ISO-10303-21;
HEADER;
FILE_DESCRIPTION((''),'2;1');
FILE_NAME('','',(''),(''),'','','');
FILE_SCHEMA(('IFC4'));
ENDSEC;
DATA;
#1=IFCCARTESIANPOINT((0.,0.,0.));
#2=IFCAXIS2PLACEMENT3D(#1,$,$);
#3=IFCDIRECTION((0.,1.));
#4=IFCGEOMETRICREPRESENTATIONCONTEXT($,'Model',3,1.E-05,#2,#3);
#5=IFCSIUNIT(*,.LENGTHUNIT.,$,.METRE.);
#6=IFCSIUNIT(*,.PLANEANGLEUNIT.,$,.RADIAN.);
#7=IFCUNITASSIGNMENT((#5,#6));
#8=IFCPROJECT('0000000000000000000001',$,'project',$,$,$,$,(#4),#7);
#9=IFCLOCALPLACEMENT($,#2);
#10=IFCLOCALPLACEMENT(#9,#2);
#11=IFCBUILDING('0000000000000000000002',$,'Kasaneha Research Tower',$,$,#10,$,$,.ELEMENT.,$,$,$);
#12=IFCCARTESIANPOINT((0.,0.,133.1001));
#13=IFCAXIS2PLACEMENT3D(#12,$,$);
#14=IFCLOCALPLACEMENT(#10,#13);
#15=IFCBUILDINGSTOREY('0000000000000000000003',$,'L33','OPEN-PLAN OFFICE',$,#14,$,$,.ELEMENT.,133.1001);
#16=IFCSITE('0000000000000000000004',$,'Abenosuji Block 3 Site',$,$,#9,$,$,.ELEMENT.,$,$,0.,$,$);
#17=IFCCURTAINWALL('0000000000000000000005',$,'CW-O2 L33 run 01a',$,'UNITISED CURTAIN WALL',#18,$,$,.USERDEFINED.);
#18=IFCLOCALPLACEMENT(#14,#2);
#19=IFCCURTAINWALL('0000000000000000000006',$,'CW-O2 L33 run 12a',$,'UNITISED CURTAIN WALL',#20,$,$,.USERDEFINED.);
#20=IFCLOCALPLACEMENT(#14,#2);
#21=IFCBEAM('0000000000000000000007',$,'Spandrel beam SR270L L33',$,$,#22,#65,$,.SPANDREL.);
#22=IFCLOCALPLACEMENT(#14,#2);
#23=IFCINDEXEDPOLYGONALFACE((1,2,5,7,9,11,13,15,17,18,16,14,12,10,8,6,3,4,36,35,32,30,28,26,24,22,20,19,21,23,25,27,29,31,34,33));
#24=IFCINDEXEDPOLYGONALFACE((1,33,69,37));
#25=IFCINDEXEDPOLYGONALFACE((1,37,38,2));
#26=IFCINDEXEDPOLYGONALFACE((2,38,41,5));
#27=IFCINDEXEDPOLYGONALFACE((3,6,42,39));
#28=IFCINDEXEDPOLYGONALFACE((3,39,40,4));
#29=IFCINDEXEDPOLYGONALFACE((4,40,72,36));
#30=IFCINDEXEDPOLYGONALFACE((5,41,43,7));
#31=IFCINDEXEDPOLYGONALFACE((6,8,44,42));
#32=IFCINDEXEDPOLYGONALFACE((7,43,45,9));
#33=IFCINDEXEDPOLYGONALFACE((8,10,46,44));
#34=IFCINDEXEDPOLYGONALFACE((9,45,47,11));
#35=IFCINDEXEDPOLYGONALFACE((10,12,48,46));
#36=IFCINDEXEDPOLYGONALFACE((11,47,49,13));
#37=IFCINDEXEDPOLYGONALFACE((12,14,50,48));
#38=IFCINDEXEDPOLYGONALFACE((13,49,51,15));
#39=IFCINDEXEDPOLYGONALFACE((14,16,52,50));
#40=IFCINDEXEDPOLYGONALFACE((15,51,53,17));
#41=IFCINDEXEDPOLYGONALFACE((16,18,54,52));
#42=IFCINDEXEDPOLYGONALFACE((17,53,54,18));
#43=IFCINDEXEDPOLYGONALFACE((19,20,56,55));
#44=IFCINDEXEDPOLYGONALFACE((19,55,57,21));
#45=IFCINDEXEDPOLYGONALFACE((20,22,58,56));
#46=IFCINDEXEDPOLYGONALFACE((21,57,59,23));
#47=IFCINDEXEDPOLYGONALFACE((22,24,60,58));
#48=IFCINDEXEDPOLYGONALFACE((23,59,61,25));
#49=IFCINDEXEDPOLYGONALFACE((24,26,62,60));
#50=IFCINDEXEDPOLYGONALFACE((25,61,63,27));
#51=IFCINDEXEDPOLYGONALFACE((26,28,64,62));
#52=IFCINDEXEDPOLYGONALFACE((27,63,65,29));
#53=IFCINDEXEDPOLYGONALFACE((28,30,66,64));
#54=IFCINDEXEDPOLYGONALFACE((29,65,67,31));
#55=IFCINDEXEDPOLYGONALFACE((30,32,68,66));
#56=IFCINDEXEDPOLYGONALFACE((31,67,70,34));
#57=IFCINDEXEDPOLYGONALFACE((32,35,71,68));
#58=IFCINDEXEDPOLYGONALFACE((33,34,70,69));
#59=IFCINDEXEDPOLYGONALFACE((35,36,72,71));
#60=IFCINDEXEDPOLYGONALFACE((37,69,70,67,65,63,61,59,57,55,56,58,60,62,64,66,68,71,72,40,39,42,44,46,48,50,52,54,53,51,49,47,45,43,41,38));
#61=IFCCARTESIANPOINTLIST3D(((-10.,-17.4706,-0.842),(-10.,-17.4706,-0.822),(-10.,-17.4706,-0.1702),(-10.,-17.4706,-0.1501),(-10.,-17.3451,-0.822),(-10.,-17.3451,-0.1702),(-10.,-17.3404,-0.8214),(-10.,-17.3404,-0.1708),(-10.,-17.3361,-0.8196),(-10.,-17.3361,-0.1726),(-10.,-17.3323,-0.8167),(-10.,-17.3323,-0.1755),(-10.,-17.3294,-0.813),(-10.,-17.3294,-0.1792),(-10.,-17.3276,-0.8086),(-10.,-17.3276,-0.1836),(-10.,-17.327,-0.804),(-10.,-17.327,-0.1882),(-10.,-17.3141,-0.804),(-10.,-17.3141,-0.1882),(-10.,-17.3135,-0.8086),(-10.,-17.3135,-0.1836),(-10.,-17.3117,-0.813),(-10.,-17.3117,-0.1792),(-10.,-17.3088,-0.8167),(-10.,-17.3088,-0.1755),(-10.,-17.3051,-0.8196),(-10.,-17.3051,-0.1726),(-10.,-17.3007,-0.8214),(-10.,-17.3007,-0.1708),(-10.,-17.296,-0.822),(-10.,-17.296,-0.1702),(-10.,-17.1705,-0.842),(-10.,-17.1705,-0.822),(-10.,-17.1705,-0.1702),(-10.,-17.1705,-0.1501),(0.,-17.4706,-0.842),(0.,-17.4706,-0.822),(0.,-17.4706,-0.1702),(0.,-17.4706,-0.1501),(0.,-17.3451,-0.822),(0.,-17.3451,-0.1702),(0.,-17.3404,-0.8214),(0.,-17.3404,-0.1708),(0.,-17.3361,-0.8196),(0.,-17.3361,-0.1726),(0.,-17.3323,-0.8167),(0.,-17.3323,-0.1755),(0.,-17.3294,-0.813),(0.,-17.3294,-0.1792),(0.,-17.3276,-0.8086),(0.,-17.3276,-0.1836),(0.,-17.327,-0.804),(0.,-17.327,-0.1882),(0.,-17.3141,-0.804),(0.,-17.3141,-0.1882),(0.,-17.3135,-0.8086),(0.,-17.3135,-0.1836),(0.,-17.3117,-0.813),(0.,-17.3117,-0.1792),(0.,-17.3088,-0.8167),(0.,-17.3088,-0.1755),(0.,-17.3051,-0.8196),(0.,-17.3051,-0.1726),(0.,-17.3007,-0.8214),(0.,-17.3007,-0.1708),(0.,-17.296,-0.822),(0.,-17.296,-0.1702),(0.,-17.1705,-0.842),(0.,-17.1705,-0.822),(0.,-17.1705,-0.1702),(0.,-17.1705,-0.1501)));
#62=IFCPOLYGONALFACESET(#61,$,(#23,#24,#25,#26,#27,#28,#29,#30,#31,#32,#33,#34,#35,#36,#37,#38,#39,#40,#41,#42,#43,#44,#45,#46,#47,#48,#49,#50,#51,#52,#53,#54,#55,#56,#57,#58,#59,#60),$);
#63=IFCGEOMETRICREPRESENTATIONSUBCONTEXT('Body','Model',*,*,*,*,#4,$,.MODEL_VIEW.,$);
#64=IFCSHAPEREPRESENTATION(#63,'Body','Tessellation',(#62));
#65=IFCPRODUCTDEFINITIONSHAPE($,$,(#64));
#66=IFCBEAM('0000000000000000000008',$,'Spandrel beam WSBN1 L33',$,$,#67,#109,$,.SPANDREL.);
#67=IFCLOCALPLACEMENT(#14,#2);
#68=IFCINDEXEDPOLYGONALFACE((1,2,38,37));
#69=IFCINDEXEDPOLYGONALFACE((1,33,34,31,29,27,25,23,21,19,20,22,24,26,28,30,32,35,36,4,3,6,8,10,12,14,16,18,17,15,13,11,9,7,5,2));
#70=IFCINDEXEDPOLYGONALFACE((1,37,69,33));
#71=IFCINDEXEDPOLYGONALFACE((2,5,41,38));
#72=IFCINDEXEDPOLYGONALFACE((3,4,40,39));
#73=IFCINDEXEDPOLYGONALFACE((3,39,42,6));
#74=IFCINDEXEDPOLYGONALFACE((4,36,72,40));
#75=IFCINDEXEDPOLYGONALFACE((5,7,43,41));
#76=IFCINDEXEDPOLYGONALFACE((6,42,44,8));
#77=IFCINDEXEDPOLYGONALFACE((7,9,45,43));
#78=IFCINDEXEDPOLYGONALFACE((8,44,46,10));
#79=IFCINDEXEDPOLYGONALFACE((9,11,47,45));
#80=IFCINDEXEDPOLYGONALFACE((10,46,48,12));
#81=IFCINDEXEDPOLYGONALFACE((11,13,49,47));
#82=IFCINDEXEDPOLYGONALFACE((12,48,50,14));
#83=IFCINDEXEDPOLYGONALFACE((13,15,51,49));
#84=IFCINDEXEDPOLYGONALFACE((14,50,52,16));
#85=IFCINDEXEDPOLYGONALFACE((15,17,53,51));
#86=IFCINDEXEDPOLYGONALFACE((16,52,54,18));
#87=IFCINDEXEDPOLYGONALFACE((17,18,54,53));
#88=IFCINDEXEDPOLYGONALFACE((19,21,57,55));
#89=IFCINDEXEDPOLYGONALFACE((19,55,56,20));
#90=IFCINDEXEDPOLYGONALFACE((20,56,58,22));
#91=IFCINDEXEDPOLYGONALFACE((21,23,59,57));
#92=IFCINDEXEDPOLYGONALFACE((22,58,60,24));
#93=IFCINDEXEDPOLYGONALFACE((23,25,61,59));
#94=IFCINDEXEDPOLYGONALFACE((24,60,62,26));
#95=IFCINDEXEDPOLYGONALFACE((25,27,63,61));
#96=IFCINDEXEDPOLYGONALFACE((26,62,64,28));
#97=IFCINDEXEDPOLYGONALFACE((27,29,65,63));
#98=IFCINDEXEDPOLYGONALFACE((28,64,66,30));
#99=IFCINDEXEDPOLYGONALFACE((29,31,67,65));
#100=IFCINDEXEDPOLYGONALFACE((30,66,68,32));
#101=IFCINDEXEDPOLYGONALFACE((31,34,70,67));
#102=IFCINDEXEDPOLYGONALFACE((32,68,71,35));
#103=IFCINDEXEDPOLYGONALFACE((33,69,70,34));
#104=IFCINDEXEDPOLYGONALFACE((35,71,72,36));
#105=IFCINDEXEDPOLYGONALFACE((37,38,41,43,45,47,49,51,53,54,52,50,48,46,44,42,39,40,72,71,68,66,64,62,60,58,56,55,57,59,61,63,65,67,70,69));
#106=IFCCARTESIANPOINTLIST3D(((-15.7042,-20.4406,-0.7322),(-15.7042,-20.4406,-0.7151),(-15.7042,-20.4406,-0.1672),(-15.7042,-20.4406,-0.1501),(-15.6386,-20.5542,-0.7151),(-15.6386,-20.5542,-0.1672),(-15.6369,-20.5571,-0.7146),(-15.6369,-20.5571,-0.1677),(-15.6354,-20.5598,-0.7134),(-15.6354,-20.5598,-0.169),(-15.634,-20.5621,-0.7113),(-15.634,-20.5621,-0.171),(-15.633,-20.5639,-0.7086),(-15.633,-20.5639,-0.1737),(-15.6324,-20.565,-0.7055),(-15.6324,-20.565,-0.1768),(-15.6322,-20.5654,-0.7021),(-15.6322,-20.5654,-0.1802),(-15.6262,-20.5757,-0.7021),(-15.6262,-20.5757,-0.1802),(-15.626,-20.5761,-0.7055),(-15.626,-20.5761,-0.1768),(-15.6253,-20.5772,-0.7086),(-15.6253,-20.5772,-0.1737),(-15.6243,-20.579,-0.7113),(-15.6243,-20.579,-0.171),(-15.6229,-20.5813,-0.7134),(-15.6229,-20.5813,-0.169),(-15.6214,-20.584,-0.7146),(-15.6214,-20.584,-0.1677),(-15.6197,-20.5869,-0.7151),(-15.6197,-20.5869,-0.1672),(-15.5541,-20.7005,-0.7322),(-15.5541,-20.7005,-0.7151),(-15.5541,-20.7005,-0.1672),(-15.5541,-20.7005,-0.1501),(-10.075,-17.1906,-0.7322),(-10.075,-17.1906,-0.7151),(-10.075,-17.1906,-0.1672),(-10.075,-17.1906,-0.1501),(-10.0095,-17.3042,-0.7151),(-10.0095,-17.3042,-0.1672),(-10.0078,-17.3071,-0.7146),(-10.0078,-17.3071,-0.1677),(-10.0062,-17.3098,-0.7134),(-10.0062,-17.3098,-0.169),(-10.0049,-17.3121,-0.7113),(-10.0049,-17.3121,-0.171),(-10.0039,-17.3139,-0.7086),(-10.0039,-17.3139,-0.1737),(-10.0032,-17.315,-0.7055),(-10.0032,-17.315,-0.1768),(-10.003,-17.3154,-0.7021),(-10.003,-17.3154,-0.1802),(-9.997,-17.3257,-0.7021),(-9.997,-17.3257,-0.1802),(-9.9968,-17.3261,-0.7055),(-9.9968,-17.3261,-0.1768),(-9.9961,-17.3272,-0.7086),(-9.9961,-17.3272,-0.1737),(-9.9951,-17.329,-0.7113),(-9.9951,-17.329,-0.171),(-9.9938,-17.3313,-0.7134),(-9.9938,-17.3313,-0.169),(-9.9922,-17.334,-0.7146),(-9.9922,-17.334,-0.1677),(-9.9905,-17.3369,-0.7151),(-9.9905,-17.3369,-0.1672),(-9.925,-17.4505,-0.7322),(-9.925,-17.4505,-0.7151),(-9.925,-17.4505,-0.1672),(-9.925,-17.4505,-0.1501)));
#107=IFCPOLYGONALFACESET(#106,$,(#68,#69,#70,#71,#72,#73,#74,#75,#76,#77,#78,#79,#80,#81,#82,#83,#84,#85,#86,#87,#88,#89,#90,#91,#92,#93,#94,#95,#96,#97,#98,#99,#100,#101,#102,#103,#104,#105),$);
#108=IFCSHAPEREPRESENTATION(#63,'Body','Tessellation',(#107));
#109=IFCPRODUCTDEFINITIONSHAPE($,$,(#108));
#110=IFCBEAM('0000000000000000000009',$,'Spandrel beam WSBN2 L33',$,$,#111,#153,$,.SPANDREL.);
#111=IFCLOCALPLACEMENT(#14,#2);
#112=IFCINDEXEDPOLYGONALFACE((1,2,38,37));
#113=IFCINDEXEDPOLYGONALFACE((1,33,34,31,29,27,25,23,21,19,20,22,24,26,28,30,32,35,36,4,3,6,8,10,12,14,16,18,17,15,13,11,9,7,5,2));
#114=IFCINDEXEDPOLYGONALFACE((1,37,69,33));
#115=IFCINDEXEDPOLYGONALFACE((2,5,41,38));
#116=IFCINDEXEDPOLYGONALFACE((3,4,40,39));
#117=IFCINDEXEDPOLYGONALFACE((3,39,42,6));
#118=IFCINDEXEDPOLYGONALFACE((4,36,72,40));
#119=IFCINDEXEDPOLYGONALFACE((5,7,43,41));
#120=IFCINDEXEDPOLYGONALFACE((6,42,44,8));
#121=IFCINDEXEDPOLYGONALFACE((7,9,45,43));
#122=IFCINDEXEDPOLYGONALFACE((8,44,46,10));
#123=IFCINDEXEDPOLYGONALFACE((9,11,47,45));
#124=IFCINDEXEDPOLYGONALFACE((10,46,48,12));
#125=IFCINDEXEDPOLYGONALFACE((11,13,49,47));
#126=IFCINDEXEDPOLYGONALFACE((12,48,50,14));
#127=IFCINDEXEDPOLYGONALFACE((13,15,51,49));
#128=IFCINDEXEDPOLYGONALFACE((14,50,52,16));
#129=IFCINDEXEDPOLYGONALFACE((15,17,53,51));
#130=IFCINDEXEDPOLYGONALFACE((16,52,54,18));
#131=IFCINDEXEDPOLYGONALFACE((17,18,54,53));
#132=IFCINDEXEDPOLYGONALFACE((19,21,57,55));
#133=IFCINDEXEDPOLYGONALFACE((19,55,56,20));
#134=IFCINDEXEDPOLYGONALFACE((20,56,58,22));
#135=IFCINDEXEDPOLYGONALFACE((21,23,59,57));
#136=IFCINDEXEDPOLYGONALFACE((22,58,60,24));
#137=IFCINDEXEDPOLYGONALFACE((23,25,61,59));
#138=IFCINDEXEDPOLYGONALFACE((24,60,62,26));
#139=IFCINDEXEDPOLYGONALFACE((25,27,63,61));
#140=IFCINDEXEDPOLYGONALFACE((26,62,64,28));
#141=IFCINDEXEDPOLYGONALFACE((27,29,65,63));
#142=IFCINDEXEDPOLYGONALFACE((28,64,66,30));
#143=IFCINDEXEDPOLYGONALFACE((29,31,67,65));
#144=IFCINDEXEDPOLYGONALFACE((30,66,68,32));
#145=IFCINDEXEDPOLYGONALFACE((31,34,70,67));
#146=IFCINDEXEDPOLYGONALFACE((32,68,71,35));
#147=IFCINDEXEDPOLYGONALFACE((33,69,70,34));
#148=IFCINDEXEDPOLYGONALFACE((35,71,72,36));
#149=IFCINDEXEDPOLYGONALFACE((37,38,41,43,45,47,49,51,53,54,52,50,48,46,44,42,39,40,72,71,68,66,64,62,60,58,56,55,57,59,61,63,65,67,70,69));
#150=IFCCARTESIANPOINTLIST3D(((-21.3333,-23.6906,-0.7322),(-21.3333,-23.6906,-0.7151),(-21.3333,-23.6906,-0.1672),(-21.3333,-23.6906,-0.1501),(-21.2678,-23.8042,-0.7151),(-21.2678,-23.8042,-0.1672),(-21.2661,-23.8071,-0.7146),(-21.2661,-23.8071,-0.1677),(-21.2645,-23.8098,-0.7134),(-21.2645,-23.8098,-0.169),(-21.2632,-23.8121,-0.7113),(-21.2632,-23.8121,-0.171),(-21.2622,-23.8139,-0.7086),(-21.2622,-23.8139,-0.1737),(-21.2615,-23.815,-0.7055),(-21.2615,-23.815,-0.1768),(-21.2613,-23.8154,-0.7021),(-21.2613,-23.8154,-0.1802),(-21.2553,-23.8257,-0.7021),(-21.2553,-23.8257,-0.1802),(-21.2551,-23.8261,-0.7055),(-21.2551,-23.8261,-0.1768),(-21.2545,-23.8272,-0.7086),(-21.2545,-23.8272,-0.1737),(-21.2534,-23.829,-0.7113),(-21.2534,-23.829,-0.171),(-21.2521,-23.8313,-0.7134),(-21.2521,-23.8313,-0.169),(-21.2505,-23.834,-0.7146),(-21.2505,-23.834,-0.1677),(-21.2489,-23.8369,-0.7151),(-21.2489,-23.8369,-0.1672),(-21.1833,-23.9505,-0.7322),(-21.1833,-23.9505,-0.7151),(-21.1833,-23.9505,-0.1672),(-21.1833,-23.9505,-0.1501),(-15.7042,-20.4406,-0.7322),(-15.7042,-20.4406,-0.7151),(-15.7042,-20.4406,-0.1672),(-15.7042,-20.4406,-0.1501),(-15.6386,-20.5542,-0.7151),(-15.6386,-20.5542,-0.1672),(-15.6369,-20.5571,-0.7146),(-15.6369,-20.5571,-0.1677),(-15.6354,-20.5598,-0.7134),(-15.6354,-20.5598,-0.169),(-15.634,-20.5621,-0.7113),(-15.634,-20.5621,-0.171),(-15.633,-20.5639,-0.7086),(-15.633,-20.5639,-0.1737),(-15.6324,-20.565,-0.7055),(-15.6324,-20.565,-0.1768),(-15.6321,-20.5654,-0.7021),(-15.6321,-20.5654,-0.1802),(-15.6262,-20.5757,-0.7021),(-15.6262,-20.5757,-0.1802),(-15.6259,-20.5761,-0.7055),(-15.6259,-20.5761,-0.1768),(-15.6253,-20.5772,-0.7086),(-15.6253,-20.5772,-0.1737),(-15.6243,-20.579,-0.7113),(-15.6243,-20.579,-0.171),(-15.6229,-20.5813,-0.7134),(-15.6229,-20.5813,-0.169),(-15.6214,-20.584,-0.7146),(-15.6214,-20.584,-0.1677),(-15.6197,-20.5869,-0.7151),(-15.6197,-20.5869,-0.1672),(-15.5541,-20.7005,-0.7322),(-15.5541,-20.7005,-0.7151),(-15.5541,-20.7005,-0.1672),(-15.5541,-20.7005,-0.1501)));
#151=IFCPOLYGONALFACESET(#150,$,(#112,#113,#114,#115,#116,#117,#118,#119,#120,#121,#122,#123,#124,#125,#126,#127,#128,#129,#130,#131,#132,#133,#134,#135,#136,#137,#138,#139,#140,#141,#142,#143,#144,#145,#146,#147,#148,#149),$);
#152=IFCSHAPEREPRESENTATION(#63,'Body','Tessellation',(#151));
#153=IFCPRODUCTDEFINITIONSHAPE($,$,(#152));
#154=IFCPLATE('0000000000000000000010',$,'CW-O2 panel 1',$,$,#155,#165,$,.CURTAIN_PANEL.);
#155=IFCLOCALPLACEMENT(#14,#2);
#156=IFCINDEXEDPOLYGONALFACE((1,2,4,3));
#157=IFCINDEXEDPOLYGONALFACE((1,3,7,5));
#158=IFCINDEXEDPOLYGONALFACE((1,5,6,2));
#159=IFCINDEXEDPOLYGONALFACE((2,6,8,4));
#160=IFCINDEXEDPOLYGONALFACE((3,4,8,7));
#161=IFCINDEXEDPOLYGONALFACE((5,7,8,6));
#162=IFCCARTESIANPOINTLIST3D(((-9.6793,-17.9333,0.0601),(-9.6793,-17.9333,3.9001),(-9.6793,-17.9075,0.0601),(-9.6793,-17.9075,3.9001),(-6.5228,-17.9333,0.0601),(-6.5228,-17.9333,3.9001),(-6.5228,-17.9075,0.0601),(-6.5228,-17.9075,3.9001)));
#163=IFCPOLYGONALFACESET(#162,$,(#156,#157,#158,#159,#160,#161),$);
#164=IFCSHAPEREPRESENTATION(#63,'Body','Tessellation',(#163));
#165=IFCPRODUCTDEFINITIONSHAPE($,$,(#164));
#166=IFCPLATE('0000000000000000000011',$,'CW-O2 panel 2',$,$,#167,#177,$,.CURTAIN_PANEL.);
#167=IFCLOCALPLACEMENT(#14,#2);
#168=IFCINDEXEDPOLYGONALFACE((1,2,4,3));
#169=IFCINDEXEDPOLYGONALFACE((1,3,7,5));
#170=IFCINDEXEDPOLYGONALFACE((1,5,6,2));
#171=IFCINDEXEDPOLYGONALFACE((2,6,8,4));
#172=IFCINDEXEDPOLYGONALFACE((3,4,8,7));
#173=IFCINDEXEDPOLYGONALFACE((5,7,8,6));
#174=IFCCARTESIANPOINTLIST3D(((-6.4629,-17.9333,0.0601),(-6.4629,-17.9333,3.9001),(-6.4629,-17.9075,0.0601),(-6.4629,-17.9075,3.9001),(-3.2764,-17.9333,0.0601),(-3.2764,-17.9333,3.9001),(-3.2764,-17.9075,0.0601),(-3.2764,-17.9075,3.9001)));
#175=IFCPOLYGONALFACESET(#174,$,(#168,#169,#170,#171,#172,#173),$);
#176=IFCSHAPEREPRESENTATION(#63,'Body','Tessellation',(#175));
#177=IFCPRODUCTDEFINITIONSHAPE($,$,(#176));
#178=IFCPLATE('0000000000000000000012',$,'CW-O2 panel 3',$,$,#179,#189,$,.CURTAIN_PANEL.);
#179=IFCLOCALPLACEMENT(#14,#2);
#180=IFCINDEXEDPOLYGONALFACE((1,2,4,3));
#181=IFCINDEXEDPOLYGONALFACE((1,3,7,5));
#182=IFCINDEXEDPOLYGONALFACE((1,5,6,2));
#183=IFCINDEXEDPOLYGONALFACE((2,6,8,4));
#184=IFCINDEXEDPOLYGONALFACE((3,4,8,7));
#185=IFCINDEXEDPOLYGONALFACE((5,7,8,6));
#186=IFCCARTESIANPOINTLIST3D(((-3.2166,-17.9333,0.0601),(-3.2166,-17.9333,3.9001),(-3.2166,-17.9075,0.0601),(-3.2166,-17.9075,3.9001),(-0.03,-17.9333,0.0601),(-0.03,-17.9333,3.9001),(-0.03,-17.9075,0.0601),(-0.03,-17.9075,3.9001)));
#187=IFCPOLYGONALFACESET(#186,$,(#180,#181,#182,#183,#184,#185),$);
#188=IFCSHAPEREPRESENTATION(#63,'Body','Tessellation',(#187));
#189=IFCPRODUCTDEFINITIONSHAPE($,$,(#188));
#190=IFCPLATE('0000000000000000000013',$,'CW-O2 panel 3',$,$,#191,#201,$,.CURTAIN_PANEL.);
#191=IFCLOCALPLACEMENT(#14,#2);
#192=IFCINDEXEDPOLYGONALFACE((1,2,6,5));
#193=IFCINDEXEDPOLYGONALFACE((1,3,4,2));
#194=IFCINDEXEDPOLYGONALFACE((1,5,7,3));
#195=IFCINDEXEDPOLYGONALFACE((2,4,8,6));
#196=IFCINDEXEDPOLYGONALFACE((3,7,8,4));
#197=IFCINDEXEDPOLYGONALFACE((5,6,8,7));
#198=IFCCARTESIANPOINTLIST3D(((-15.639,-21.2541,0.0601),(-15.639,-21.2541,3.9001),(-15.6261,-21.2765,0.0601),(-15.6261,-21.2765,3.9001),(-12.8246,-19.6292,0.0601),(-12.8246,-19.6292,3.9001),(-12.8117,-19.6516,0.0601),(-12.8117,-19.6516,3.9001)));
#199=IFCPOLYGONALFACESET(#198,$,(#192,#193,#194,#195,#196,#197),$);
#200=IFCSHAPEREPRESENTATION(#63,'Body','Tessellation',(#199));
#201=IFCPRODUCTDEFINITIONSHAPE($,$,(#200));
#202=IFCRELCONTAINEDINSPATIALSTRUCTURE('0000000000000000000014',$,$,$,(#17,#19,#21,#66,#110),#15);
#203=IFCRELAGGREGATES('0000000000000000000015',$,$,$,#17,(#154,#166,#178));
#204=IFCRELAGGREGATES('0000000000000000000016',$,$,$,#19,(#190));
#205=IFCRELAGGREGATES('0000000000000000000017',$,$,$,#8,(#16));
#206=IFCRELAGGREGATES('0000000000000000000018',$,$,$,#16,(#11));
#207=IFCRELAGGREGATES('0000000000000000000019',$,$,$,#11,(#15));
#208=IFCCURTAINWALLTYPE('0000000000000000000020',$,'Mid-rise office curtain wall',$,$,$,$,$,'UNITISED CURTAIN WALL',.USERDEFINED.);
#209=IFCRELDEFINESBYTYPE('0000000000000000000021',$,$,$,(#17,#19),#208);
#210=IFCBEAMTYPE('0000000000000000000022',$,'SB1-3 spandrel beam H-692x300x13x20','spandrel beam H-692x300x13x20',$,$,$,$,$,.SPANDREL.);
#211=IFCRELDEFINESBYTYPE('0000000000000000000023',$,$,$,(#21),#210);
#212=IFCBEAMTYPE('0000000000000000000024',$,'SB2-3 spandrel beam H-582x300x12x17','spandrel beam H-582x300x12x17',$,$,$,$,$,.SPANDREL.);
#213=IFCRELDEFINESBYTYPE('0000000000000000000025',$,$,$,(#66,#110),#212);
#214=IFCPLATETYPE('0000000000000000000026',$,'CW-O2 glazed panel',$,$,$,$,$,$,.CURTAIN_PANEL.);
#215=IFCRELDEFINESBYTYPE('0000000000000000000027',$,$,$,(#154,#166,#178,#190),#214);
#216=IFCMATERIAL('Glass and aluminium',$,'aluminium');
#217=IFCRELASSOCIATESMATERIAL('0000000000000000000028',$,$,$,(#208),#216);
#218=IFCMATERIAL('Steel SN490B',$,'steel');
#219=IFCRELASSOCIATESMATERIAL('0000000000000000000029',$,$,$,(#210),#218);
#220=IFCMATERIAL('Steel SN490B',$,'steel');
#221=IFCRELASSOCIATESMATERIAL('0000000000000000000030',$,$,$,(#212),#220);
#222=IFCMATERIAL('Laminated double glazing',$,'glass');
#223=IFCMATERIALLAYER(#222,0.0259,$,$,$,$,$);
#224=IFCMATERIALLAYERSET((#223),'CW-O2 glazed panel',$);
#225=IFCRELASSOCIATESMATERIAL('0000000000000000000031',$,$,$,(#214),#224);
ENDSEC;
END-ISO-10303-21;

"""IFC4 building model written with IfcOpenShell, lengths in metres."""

from ifc_helpers import new_model, si_unit, direction, frame, origin, origin_2d, place, context, subcontext, project, spatial, rectangle, i_section, extrude, material, layer, layer_set, material_profile, profile_set, type_object, element, aggregate, save


model = new_model("IFC4")

# Units and contexts
model_context = context("Model", 3, precision=1e-05, world=origin(), true_north=direction((0.0, 1.0)))
body_context = subcontext(model_context, "Body", "Model", "MODEL_VIEW")
ifc_project = project(units=[si_unit("LENGTHUNIT", "METRE"), si_unit("PLANEANGLEUNIT", "RADIAN")], contexts=[model_context])

# Site, building, storey
site_placement = place(None, origin())
site = spatial("IfcSite", under=ifc_project, at=site_placement, Name="Abenosuji Block 3 Site", CompositionType="ELEMENT", RefElevation=0.0)
building_placement = place(site_placement, origin())
building = spatial("IfcBuilding", under=site, at=building_placement, Name="Kasaneha Research Tower", CompositionType="ELEMENT")
storey_placement = place(building_placement, frame((0.0, 0.0, 133.1001)))
storey = spatial("IfcBuildingStorey", under=building, at=storey_placement, Name="L33", Description="OPEN-PLAN OFFICE", CompositionType="ELEMENT", Elevation=133.1001)

# Curtain walls
ifc_material_1 = material(Name="Glass and aluminium", Category="aluminium")
curtain_wall_type = type_object("IfcCurtainWallType", Name="Mid-rise office curtain wall", ElementType="UNITISED CURTAIN WALL", PredefinedType="USERDEFINED", material=ifc_material_1)
curtain_wall_1_placement = place(storey_placement, origin())
curtain_wall_1 = element("IfcCurtainWall", 1, at=curtain_wall_1_placement, inside=storey, type_object=curtain_wall_type, Name="CW-O2 L33 run 01a", ObjectType="UNITISED CURTAIN WALL", PredefinedType="USERDEFINED")
curtain_wall_2_placement = place(storey_placement, origin())
curtain_wall_2 = element("IfcCurtainWall", 2, at=curtain_wall_2_placement, inside=storey, type_object=curtain_wall_type, Name="CW-O2 L33 run 12a", ObjectType="UNITISED CURTAIN WALL", PredefinedType="USERDEFINED")

# Beams
ifc_material_2 = material(Name="Steel SN490B", Category="steel")
ifc_material_profile_1 = material_profile(ifc_material_2, i_section(OverallWidth=0.3, OverallDepth=0.6919, WebThickness=0.0129, FlangeThickness=0.02, FilletRadius=0.0181, at=origin_2d()), Name="H-692x300x13x20")
ifc_profile_set_1 = profile_set([ifc_material_profile_1], Name="Steel SN490B")
beam_type_1 = type_object("IfcBeamType", Name="SB1-3 spandrel beam H-692x300x13x20", Description="spandrel beam H-692x300x13x20", PredefinedType="SPANDREL", material=ifc_profile_set_1)
beam_1_placement = place(storey_placement, frame((-10.0, -17.3206, -0.4961), z_axis=(1.0, 0.0, 0.0), x_axis=(0.0, 1.0, 0.0)))
element("IfcBeam", 3, at=beam_1_placement, inside=storey, type_object=beam_type_1, Name="Spandrel beam SR270L L33", PredefinedType="SPANDREL", context=body_context, shape_type="SweptSolid", body=[
    extrude(i_section(OverallWidth=0.3, OverallDepth=0.6919, WebThickness=0.0129, FlangeThickness=0.02, FilletRadius=0.0181, at=origin_2d()), origin(), (0.0, 0.0, 1.0), 10.0),
])
ifc_material_3 = material(Name="Steel SN490B", Category="steel")
ifc_material_profile_2 = material_profile(ifc_material_3, i_section(OverallWidth=0.3, OverallDepth=0.582, WebThickness=0.012, FlangeThickness=0.0171, FilletRadius=0.0129, at=origin_2d()), Name="H-582x300x12x17")
ifc_profile_set_2 = profile_set([ifc_material_profile_2], Name="Steel SN490B")
beam_type_2 = type_object("IfcBeamType", Name="SB2-3 spandrel beam H-582x300x12x17", Description="spandrel beam H-582x300x12x17", PredefinedType="SPANDREL", material=ifc_profile_set_2)
for number, where, z_axis, x_axis, name in (
    (4, (-10.0, -17.3206, -0.4412), (-0.866025, -0.500001, 0.0), (0.500001, -0.866025, 0.0), "Spandrel beam WSBN1 L33"),
    (5, (-15.6292, -20.5706, -0.4412), (-0.866025, -0.500001, 0.0), (0.500001, -0.866025, 0.0), "Spandrel beam WSBN2 L33"),
):
    element("IfcBeam", number, at=place(storey_placement, frame(where, z_axis=z_axis, x_axis=x_axis)), inside=storey, type_object=beam_type_2, Name=name, PredefinedType="SPANDREL", context=body_context, shape_type="SweptSolid", body=[
        extrude(i_section(OverallWidth=0.3, OverallDepth=0.582, WebThickness=0.012, FlangeThickness=0.0171, FilletRadius=0.0129, at=origin_2d()), origin(), (0.0, 0.0, 1.0), 6.5),
    ])

# Plates
ifc_material_4 = material(Name="Laminated double glazing", Category="glass")
ifc_layer_1 = layer(ifc_material_4, 0.0259)
ifc_layer_set_1 = layer_set([ifc_layer_1], Name="CW-O2 glazed panel")
plate_type = type_object("IfcPlateType", Name="CW-O2 glazed panel", PredefinedType="CURTAIN_PANEL", material=ifc_layer_set_1)
plate_1_placement = place(storey_placement, frame((-8.1011, -17.9204, 0.0601), z_axis=(0.0, 0.0, 1.0), x_axis=(1.0, 0.0, 0.0)))
plate_1 = element("IfcPlate", 6, at=plate_1_placement, type_object=plate_type, Name="CW-O2 panel 1", PredefinedType="CURTAIN_PANEL", context=body_context, shape_type="SweptSolid", body=[
    extrude(rectangle(XDim=3.1565, YDim=0.0259, at=origin_2d()), origin(), (0.0, 0.0, 1.0), 3.8401),
])
plate_2_placement = place(storey_placement, frame((-4.8696, -17.9204, 0.0601), z_axis=(0.0, 0.0, 1.0), x_axis=(1.0, 0.0, 0.0)))
plate_2 = element("IfcPlate", 7, at=plate_2_placement, type_object=plate_type, Name="CW-O2 panel 2", PredefinedType="CURTAIN_PANEL", context=body_context, shape_type="SweptSolid", body=[
    extrude(rectangle(XDim=3.1865, YDim=0.0259, at=origin_2d()), origin(), (0.0, 0.0, 1.0), 3.8401),
])
plate_3_placement = place(storey_placement, frame((-1.6233, -17.9204, 0.0601), z_axis=(0.0, 0.0, 1.0), x_axis=(1.0, 0.0, 0.0)))
plate_3 = element("IfcPlate", 8, at=plate_3_placement, type_object=plate_type, Name="CW-O2 panel 3", PredefinedType="CURTAIN_PANEL", context=body_context, shape_type="SweptSolid", body=[
    extrude(rectangle(XDim=3.1865, YDim=0.0259, at=origin_2d()), origin(), (0.0, 0.0, 1.0), 3.8401),
])
aggregate(curtain_wall_1, [plate_1, plate_2, plate_3])
plate_4_placement = place(storey_placement, frame((-14.2253, -20.4529, 0.0601), z_axis=(0.0, 0.0, 1.0), x_axis=(0.866025, 0.5, 0.0)))
plate_4 = element("IfcPlate", 9, at=plate_4_placement, type_object=plate_type, Name="CW-O2 panel 3", PredefinedType="CURTAIN_PANEL", context=body_context, shape_type="SweptSolid", body=[
    extrude(rectangle(XDim=3.2498, YDim=0.0259, at=origin_2d()), origin(), (0.0, 0.0, 1.0), 3.8401),
])
aggregate(curtain_wall_2, [plate_4])

save(model, "model.ifc")
